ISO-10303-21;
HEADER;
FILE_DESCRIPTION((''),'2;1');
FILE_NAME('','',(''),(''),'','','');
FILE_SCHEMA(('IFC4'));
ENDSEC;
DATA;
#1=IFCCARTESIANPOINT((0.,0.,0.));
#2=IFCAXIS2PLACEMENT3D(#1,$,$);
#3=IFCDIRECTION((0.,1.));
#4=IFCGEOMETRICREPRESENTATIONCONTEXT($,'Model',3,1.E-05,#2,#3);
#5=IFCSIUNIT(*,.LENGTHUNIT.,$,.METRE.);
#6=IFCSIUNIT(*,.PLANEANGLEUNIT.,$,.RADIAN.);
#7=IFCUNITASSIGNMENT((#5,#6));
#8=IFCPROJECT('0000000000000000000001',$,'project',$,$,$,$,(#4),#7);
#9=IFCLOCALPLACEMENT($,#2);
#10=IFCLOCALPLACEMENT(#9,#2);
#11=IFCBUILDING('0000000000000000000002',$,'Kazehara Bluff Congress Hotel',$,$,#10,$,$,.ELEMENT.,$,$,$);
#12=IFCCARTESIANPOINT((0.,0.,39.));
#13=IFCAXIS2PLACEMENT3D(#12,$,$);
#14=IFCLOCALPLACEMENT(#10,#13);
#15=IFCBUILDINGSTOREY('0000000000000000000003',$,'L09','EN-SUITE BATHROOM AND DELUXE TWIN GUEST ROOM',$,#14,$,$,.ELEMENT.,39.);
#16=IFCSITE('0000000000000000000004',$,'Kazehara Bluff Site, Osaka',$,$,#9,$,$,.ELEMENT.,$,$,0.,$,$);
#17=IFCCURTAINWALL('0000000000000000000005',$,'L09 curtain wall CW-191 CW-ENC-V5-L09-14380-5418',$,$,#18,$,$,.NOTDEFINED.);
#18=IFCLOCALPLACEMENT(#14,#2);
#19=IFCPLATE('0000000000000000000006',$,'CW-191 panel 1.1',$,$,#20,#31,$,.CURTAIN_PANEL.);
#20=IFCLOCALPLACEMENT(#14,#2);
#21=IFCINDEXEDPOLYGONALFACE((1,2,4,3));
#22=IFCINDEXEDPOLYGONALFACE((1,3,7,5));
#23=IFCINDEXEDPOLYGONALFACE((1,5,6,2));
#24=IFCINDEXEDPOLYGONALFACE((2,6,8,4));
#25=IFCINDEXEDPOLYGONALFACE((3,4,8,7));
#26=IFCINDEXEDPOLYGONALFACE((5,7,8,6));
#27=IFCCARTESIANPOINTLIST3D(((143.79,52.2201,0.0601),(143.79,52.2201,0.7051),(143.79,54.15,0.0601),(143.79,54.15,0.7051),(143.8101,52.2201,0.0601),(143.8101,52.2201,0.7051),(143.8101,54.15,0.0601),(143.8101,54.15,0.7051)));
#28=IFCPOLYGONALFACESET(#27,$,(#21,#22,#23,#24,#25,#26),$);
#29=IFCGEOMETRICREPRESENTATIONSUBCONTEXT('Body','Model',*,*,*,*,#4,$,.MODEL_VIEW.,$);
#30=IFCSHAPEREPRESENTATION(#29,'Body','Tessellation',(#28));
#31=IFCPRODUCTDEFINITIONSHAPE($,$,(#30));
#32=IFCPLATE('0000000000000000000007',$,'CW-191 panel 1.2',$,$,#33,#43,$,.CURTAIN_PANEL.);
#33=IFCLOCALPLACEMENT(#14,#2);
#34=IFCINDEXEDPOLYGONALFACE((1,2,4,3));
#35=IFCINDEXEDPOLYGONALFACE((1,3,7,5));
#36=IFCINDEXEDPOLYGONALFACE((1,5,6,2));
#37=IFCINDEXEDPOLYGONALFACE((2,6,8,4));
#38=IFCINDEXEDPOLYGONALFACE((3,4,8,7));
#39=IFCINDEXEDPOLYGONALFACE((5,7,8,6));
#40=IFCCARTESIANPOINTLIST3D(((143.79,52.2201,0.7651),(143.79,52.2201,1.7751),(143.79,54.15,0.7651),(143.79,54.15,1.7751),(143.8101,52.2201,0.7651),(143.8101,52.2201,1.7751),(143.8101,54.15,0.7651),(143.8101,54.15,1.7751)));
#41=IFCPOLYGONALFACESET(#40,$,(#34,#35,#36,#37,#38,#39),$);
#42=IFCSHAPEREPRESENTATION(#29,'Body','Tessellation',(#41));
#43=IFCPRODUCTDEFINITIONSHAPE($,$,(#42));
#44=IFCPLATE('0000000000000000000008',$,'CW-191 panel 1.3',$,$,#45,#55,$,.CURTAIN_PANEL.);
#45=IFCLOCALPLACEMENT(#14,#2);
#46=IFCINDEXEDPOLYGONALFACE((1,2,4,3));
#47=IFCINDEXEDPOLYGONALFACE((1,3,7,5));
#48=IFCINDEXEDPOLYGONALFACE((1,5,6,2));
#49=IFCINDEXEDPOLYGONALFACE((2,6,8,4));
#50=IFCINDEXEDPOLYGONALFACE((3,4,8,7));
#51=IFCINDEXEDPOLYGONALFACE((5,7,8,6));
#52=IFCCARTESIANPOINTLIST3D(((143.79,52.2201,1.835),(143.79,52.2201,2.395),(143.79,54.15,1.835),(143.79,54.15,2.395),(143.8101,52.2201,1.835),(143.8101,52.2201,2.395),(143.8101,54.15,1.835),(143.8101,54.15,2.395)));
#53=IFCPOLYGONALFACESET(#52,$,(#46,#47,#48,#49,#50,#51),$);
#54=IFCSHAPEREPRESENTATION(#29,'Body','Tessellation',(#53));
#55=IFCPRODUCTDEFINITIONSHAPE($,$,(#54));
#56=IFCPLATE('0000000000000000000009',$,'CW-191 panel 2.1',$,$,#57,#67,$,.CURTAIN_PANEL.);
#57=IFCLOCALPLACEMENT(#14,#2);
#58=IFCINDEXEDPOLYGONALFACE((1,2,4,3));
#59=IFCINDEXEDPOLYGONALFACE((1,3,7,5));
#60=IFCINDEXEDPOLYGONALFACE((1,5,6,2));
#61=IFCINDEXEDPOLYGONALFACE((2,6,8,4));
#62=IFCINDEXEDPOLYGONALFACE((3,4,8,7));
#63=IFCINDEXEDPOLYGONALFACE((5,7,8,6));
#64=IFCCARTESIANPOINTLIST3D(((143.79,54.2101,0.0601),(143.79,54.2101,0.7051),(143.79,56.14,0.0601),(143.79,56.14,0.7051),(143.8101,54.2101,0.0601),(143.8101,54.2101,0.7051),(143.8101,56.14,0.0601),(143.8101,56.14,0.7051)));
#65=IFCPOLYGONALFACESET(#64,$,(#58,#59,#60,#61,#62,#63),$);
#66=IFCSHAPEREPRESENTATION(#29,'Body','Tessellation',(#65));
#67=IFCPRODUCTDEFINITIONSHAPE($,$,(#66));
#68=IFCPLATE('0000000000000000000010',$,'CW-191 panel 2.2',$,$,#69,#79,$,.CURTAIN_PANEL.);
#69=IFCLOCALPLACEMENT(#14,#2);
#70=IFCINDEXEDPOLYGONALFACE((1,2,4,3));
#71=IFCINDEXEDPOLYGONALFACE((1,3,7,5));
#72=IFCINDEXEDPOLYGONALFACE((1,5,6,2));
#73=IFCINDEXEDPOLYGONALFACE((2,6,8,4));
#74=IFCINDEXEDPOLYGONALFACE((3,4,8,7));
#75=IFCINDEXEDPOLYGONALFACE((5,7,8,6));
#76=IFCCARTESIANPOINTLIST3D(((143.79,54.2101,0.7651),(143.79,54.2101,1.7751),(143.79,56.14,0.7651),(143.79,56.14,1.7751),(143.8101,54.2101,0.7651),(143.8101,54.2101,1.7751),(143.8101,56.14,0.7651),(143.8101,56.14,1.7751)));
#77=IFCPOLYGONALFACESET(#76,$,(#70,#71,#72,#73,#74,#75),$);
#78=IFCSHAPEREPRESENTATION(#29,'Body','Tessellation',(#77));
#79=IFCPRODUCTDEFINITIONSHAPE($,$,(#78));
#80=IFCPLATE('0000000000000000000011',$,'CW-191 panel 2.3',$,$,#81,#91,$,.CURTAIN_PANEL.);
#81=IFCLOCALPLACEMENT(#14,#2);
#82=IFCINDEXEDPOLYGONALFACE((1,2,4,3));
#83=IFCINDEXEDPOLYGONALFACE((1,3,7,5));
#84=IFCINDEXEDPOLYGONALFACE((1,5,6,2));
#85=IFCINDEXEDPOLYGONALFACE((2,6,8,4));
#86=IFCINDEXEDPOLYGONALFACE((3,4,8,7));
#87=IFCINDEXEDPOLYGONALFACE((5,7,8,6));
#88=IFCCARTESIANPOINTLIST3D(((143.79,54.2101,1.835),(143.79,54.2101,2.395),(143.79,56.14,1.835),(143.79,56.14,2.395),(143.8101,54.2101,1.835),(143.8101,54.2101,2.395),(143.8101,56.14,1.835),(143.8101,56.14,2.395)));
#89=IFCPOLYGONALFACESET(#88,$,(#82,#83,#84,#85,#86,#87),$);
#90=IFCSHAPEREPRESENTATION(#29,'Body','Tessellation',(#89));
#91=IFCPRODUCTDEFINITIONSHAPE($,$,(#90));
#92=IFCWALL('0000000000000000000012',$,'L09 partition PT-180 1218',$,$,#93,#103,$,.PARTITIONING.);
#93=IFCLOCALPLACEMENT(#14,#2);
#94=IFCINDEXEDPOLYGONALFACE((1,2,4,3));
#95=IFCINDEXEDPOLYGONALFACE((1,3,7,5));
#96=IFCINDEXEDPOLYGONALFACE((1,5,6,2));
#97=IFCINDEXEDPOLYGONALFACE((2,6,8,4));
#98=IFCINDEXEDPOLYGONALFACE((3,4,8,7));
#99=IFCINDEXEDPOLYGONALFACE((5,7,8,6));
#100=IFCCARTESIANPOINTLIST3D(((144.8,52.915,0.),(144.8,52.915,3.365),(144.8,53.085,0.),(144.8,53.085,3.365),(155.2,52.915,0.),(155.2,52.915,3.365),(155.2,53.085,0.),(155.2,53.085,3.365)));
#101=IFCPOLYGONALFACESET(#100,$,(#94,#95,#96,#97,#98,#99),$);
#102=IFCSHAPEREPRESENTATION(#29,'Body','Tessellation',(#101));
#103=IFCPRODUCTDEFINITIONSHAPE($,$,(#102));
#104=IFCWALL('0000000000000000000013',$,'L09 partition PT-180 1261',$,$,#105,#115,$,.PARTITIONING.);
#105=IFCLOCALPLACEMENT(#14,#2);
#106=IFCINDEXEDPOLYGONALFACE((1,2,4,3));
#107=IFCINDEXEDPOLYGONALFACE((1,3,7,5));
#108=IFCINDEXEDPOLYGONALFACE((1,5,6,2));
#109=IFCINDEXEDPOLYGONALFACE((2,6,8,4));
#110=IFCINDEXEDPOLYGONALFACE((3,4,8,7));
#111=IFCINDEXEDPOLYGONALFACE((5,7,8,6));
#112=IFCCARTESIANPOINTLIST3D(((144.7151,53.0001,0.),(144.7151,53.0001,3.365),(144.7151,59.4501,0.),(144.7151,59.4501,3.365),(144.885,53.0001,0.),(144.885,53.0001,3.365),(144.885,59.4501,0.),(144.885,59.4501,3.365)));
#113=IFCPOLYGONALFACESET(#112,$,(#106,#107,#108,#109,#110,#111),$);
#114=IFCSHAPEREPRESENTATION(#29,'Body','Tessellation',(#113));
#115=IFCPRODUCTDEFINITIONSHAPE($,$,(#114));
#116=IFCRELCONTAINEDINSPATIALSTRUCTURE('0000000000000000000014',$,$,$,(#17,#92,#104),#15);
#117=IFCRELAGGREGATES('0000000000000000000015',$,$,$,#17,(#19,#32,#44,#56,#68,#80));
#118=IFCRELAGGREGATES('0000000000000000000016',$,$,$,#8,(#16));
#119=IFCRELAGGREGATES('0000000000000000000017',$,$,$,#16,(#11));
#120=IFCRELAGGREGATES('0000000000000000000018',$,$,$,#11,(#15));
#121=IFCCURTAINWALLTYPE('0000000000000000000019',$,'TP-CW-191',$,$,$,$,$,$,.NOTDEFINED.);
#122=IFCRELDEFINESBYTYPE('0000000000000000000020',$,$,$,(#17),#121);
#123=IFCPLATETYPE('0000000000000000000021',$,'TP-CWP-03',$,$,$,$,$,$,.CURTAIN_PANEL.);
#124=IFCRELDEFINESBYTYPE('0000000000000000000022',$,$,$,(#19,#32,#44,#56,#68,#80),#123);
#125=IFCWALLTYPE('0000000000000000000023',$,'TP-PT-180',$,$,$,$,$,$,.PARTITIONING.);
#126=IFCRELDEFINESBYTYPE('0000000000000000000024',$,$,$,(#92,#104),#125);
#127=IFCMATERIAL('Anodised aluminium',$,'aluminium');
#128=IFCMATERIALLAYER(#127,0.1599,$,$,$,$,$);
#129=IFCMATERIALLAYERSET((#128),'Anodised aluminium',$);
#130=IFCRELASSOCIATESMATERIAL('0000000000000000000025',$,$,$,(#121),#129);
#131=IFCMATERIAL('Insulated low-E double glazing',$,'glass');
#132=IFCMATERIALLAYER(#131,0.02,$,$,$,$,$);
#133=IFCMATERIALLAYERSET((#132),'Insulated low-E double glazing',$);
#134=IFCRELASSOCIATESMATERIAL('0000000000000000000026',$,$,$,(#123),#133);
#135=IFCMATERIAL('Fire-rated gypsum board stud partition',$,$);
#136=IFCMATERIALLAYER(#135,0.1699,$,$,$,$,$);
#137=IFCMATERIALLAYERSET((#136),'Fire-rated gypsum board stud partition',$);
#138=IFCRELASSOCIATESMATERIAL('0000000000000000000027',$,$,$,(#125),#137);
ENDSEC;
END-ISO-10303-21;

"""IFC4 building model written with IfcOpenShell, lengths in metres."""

from ifc_helpers import new_model, si_unit, direction, frame, frame_2d, origin, origin_2d, place, context, subcontext, project, spatial, rectangle, extrude, material, layer, layer_set, type_object, element, aggregate, save


model = new_model("IFC4")

# Units and contexts
model_context = context("Model", 3, precision=1e-05, world=origin(), true_north=direction((0.0, 1.0)))
body_context = subcontext(model_context, "Body", "Model", "MODEL_VIEW")
ifc_project = project(units=[si_unit("LENGTHUNIT", "METRE"), si_unit("PLANEANGLEUNIT", "RADIAN")], contexts=[model_context])

# Site, building, storey
site_placement = place(None, origin())
site = spatial("IfcSite", under=ifc_project, at=site_placement, Name="Kazehara Bluff Site, Osaka", CompositionType="ELEMENT", RefElevation=0.0)
building_placement = place(site_placement, origin())
building = spatial("IfcBuilding", under=site, at=building_placement, Name="Kazehara Bluff Congress Hotel", CompositionType="ELEMENT")
storey_placement = place(building_placement, frame((0.0, 0.0, 39.0)))
storey = spatial("IfcBuildingStorey", under=building, at=storey_placement, Name="L09", Description="EN-SUITE BATHROOM AND DELUXE TWIN GUEST ROOM", CompositionType="ELEMENT", Elevation=39.0)

# Curtain wall
ifc_material_1 = material(Name="Anodised aluminium", Category="aluminium")
ifc_layer_1 = layer(ifc_material_1, 0.1599)
ifc_layer_set_1 = layer_set([ifc_layer_1], Name="Anodised aluminium")
curtain_wall_type_1 = type_object("IfcCurtainWallType", Name="TP-CW-191", PredefinedType="NOTDEFINED", material=ifc_layer_set_1)
curtain_wall_1_placement = place(storey_placement, origin())
curtain_wall_1 = element("IfcCurtainWall", 1, at=curtain_wall_1_placement, inside=storey, type_object=curtain_wall_type_1, Name="L09 curtain wall CW-191 CW-ENC-V5-L09-14380-5418", PredefinedType="NOTDEFINED")

# Plates
ifc_material_2 = material(Name="Insulated low-E double glazing", Category="glass")
ifc_layer_2 = layer(ifc_material_2, 0.02)
ifc_layer_set_2 = layer_set([ifc_layer_2], Name="Insulated low-E double glazing")
plate_type = type_object("IfcPlateType", Name="TP-CWP-03", PredefinedType="CURTAIN_PANEL", material=ifc_layer_set_2)
plate_1_placement = place(storey_placement, frame((143.8, 53.1851, 0.0601), z_axis=(0.0, 0.0, 1.0), x_axis=(0.0, 1.0, 0.0)))
plate_1 = element("IfcPlate", 2, at=plate_1_placement, type_object=plate_type, Name="CW-191 panel 1.1", PredefinedType="CURTAIN_PANEL", context=body_context, shape_type="SweptSolid", body=[
    extrude(rectangle(XDim=1.9299, YDim=0.02, at=origin_2d()), origin(), (0.0, 0.0, 1.0), 0.645),
])
plate_2_placement = place(storey_placement, frame((143.8, 53.1851, 0.7651), z_axis=(0.0, 0.0, 1.0), x_axis=(0.0, 1.0, 0.0)))
plate_2 = element("IfcPlate", 3, at=plate_2_placement, type_object=plate_type, Name="CW-191 panel 1.2", PredefinedType="CURTAIN_PANEL", context=body_context, shape_type="SweptSolid", body=[
    extrude(rectangle(XDim=1.9299, YDim=0.02, at=origin_2d()), origin(), (0.0, 0.0, 1.0), 1.01),
])
plate_3_placement = place(storey_placement, frame((143.8, 53.1851, 1.835), z_axis=(0.0, 0.0, 1.0), x_axis=(0.0, 1.0, 0.0)))
plate_3 = element("IfcPlate", 4, at=plate_3_placement, type_object=plate_type, Name="CW-191 panel 1.3", PredefinedType="CURTAIN_PANEL", context=body_context, shape_type="SweptSolid", body=[
    extrude(rectangle(XDim=1.9299, YDim=0.02, at=origin_2d()), origin(), (0.0, 0.0, 1.0), 0.5601),
])
plate_4_placement = place(storey_placement, frame((143.8, 55.175, 0.0601), z_axis=(0.0, 0.0, 1.0), x_axis=(0.0, 1.0, 0.0)))
plate_4 = element("IfcPlate", 5, at=plate_4_placement, type_object=plate_type, Name="CW-191 panel 2.1", PredefinedType="CURTAIN_PANEL", context=body_context, shape_type="SweptSolid", body=[
    extrude(rectangle(XDim=1.9299, YDim=0.02, at=origin_2d()), origin(), (0.0, 0.0, 1.0), 0.645),
])
plate_5_placement = place(storey_placement, frame((143.8, 55.175, 0.7651), z_axis=(0.0, 0.0, 1.0), x_axis=(0.0, 1.0, 0.0)))
plate_5 = element("IfcPlate", 6, at=plate_5_placement, type_object=plate_type, Name="CW-191 panel 2.2", PredefinedType="CURTAIN_PANEL", context=body_context, shape_type="SweptSolid", body=[
    extrude(rectangle(XDim=1.9299, YDim=0.02, at=origin_2d()), origin(), (0.0, 0.0, 1.0), 1.01),
])
plate_6_placement = place(storey_placement, frame((143.8, 55.175, 1.835), z_axis=(0.0, 0.0, 1.0), x_axis=(0.0, 1.0, 0.0)))
plate_6 = element("IfcPlate", 7, at=plate_6_placement, type_object=plate_type, Name="CW-191 panel 2.3", PredefinedType="CURTAIN_PANEL", context=body_context, shape_type="SweptSolid", body=[
    extrude(rectangle(XDim=1.9299, YDim=0.02, at=origin_2d()), origin(), (0.0, 0.0, 1.0), 0.5601),
])
aggregate(curtain_wall_1, [plate_1, plate_2, plate_3, plate_4, plate_5, plate_6])

# Walls
ifc_material_3 = material(Name="Fire-rated gypsum board stud partition")
ifc_layer_3 = layer(ifc_material_3, 0.1699)
ifc_layer_set_3 = layer_set([ifc_layer_3], Name="Fire-rated gypsum board stud partition")
wall_type = type_object("IfcWallType", Name="TP-PT-180", PredefinedType="PARTITIONING", material=ifc_layer_set_3)
wall_1_placement = place(storey_placement, frame((144.8, 53.0, 0.0), z_axis=(0.0, 0.0, 1.0), x_axis=(1.0, 0.0, 0.0)))
element("IfcWall", 8, at=wall_1_placement, inside=storey, type_object=wall_type, Name="L09 partition PT-180 1218", PredefinedType="PARTITIONING", context=body_context, shape_type="SweptSolid", body=[
    extrude(rectangle(XDim=10.3999, YDim=0.1699, at=frame_2d((5.2, 0.0))), origin(), (0.0, 0.0, 1.0), 3.365),
])
wall_2_placement = place(storey_placement, frame((144.8, 53.0, 0.0), z_axis=(0.0, 0.0, 1.0), x_axis=(0.0, 1.0, 0.0)))
element("IfcWall", 9, at=wall_2_placement, inside=storey, type_object=wall_type, Name="L09 partition PT-180 1261", PredefinedType="PARTITIONING", context=body_context, shape_type="SweptSolid", body=[
    extrude(rectangle(XDim=6.45, YDim=0.1699, at=frame_2d((3.2251, 0.0))), origin(), (0.0, 0.0, 1.0), 3.365),
])

save(model, "model.ifc")
